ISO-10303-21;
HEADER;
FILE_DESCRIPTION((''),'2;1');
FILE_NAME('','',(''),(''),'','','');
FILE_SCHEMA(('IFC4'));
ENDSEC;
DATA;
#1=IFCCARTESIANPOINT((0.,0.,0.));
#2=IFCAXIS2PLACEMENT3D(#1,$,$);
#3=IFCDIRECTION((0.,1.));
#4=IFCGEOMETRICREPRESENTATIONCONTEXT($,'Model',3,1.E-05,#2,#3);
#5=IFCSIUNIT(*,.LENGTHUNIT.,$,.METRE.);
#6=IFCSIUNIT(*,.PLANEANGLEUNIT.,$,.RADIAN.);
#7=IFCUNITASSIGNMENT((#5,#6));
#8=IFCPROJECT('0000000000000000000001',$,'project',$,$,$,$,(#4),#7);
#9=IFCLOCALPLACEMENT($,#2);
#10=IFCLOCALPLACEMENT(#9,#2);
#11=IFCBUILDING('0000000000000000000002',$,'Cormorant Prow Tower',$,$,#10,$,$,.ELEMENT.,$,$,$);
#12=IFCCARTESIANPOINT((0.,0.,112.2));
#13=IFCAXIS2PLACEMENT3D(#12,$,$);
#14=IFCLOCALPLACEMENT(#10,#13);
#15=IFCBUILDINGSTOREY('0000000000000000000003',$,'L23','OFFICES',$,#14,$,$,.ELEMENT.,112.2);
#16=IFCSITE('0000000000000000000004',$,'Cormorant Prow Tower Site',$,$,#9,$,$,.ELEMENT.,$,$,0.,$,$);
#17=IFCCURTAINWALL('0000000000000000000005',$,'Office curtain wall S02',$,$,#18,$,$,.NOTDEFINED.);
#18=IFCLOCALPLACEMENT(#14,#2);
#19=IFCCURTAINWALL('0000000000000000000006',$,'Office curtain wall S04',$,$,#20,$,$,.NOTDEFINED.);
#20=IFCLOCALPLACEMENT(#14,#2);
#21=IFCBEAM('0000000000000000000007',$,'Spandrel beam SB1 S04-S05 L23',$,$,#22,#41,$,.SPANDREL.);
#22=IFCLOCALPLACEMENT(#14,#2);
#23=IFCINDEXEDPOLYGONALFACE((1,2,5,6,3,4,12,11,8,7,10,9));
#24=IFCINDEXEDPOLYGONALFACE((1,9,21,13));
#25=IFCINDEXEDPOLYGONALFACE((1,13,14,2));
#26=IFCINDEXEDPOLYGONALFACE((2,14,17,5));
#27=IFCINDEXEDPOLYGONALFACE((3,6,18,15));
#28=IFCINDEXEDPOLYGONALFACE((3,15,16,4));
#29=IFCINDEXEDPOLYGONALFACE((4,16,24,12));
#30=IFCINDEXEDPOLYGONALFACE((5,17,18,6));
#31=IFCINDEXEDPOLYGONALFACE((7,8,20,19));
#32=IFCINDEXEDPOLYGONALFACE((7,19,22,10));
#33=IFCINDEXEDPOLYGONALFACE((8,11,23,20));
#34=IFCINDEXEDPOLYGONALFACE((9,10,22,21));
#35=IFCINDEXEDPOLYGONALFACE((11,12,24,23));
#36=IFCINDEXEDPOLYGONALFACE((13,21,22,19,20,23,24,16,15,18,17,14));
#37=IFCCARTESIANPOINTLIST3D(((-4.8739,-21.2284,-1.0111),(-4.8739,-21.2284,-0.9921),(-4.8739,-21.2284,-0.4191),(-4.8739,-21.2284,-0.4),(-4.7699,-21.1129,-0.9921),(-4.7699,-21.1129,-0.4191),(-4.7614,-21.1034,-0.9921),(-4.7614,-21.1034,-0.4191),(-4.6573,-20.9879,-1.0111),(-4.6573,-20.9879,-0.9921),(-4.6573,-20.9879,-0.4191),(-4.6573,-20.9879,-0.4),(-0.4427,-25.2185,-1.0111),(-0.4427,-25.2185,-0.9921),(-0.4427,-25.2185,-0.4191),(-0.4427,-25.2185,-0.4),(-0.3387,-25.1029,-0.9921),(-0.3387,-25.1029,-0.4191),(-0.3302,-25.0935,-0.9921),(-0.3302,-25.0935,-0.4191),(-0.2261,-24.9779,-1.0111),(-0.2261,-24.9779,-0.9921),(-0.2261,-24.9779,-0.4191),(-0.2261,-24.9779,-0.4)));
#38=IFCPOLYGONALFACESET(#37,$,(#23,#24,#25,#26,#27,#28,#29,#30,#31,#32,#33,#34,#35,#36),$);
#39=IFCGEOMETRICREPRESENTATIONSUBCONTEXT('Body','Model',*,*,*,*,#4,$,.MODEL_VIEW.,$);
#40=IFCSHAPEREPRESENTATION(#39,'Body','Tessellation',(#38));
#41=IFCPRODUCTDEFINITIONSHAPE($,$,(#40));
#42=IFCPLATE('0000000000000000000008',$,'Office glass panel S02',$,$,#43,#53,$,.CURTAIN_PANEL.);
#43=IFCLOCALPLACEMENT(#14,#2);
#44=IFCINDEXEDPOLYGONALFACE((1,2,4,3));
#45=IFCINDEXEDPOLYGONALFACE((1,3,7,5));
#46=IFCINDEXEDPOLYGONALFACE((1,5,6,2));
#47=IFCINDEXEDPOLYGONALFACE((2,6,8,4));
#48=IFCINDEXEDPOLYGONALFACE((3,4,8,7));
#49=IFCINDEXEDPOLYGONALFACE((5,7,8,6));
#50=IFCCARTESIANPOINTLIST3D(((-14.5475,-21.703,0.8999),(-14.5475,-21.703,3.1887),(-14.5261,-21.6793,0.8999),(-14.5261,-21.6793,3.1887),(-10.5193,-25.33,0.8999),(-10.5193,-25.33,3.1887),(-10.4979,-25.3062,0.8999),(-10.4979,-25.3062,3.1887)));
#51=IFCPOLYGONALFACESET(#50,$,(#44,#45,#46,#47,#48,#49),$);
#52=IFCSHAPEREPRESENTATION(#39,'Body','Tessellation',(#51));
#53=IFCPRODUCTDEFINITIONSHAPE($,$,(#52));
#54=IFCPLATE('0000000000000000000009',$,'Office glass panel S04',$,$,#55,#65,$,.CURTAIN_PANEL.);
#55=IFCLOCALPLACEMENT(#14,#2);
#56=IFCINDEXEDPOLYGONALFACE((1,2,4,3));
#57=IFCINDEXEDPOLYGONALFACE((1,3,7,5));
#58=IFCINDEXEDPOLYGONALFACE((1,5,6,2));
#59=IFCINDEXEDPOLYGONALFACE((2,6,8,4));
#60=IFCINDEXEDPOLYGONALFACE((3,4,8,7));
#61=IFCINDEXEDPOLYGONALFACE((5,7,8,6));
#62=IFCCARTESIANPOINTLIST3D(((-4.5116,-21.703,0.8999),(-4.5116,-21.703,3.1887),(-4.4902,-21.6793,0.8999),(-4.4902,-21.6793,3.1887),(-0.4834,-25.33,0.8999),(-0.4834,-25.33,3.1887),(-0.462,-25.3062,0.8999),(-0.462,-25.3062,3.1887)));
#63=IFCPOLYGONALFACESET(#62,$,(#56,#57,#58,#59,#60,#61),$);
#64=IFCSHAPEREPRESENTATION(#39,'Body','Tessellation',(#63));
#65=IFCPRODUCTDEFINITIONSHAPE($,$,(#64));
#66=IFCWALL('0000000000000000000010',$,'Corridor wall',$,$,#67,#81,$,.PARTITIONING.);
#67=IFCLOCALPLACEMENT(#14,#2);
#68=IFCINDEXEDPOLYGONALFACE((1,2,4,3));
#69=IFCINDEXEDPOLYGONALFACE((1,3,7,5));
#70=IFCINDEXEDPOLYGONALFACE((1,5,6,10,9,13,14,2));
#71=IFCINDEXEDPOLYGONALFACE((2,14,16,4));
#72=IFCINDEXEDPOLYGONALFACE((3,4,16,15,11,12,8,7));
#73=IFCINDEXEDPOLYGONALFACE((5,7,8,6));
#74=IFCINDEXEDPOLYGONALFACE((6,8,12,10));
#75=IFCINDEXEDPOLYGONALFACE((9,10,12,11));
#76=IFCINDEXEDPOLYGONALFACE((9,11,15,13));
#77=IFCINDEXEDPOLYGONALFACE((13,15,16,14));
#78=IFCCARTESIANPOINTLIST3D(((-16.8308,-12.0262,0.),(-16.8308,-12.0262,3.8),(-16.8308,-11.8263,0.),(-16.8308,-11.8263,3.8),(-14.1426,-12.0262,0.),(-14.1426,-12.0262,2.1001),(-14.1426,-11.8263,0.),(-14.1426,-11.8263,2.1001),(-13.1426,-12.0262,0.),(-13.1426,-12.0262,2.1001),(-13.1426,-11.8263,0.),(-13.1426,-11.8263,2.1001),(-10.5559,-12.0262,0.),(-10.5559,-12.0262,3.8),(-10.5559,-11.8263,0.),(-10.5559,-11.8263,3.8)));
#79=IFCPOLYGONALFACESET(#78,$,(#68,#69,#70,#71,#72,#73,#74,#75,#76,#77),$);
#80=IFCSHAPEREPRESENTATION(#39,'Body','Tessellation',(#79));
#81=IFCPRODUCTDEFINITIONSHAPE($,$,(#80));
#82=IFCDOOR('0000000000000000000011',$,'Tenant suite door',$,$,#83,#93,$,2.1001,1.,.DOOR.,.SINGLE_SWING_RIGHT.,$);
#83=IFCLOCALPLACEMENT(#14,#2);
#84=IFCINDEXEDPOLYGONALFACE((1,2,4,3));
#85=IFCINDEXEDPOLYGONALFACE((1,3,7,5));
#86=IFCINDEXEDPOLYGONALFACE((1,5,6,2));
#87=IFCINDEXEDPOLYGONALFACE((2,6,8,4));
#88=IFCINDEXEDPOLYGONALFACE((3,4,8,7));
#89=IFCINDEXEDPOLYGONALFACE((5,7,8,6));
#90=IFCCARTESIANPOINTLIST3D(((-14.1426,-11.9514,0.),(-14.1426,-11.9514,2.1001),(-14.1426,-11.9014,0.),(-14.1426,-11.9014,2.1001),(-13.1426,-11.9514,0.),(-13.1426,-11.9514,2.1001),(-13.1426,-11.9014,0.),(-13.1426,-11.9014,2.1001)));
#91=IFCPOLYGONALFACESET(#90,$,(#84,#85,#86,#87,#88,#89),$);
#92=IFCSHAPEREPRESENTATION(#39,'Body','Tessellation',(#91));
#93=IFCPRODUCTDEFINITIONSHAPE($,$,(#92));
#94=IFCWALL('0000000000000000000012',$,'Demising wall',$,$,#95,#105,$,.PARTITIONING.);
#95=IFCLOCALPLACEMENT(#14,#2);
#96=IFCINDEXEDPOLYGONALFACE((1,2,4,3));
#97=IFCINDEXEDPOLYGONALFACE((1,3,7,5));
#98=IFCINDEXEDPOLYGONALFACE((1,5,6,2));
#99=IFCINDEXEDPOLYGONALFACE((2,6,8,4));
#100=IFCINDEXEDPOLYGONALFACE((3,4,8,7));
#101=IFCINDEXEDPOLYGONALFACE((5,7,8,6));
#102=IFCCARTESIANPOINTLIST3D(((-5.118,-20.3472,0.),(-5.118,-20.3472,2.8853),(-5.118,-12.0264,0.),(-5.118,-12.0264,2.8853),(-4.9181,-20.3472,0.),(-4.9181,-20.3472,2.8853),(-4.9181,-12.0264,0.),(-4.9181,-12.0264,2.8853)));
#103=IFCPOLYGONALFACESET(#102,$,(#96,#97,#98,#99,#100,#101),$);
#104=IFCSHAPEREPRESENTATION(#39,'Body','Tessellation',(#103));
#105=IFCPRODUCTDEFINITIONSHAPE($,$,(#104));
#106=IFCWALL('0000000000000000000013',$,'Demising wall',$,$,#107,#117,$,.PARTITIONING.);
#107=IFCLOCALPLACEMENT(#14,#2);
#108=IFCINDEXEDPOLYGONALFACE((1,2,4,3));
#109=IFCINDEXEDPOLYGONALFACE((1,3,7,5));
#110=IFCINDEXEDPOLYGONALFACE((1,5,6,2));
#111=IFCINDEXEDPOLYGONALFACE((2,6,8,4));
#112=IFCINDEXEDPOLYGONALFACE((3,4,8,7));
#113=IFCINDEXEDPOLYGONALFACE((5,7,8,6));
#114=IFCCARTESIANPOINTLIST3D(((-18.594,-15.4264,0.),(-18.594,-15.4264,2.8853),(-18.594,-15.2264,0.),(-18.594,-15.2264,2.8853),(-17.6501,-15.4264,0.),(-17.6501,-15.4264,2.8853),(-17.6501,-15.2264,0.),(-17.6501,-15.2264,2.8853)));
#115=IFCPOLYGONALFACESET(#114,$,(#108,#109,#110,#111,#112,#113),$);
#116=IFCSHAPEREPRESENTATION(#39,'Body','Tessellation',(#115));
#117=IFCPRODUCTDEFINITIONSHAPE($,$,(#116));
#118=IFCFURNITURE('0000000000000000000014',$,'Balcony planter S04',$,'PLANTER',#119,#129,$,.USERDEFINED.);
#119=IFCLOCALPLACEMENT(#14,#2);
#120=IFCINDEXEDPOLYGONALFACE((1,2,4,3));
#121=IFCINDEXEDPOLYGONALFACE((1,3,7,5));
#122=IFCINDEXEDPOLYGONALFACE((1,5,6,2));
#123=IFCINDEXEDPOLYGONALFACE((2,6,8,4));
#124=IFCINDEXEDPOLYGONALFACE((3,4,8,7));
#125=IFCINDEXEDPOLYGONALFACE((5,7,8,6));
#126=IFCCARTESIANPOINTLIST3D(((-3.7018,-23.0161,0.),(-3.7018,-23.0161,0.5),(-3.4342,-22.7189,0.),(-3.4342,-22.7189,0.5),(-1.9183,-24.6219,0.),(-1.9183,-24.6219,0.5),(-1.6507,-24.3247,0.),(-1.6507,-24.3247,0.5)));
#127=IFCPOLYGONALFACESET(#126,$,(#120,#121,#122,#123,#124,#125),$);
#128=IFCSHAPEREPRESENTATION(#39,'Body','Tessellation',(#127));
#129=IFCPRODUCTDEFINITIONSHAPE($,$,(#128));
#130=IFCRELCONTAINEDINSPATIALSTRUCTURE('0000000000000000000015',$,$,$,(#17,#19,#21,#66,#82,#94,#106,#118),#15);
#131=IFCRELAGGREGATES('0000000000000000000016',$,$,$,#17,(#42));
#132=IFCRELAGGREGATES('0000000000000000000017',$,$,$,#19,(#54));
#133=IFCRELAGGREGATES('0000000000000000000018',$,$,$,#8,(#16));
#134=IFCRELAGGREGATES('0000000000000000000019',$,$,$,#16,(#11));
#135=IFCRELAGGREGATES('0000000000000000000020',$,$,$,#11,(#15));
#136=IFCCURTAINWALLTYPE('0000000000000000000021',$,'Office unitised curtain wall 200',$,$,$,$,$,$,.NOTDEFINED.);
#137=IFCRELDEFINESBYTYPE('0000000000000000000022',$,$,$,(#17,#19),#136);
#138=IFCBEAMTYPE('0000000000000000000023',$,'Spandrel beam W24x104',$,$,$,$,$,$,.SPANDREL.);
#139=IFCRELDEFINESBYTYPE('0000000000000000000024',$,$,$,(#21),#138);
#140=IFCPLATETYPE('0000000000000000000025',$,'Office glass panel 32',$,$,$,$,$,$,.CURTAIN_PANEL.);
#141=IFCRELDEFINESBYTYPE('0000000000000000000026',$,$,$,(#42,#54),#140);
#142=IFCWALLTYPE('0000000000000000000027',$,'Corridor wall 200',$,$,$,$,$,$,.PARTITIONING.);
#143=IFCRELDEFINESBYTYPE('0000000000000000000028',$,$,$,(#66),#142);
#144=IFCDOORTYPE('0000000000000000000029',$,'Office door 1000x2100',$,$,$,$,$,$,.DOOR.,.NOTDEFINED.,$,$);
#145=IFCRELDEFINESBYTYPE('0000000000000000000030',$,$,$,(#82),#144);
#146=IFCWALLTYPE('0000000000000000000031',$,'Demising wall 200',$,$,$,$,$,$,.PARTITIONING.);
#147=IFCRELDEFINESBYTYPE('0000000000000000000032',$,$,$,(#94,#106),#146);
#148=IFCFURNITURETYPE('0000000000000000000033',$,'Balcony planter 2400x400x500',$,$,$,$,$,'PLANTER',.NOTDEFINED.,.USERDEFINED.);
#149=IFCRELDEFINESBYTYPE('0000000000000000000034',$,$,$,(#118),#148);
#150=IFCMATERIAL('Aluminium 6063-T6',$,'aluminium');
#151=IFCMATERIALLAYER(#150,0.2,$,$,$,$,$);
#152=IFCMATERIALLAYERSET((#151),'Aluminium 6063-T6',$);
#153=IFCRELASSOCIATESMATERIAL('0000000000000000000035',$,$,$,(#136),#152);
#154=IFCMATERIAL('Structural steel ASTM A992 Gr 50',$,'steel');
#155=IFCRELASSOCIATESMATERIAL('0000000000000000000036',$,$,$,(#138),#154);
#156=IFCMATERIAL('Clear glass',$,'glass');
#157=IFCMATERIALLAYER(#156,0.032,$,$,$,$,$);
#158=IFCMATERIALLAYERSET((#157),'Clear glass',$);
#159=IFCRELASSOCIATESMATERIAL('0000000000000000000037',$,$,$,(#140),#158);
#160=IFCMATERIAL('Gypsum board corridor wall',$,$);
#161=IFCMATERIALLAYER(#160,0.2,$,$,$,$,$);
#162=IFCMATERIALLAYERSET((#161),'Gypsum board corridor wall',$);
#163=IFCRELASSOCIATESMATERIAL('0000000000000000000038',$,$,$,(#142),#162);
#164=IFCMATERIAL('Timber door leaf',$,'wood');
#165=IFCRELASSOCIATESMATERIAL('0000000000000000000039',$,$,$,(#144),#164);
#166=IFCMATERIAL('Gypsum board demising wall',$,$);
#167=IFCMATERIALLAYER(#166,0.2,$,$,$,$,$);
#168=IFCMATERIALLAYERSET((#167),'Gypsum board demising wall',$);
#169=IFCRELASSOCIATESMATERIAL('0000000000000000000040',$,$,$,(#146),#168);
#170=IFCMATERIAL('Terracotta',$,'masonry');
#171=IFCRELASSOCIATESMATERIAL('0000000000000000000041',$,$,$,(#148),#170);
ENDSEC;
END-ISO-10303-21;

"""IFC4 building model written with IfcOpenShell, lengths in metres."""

from ifc_helpers import new_model, si_unit, direction, frame, frame_2d, origin, origin_2d, place, context, subcontext, project, spatial, rectangle, i_section, extrude, material, layer, layer_set, material_profile, profile_set, type_object, element, fill, aggregate, save


model = new_model("IFC4")

# Units and contexts
model_context = context("Model", 3, precision=1e-05, world=origin(), true_north=direction((0.0, 1.0)))
body_context = subcontext(model_context, "Body", "Model", "MODEL_VIEW")
ifc_project = project(units=[si_unit("LENGTHUNIT", "METRE"), si_unit("PLANEANGLEUNIT", "RADIAN")], contexts=[model_context])

# Site, building, storey
site_placement = place(None, origin())
site = spatial("IfcSite", under=ifc_project, at=site_placement, Name="Cormorant Prow Tower Site", CompositionType="ELEMENT", RefElevation=0.0)
building_placement = place(site_placement, origin())
building = spatial("IfcBuilding", under=site, at=building_placement, Name="Cormorant Prow Tower", CompositionType="ELEMENT")
storey_placement = place(building_placement, frame((0.0, 0.0, 112.2)))
storey = spatial("IfcBuildingStorey", under=building, at=storey_placement, Name="L23", Description="OFFICES", CompositionType="ELEMENT", Elevation=112.2)

# Curtain walls
ifc_material_1 = material(Name="Aluminium 6063-T6", Category="aluminium")
ifc_layer_1 = layer(ifc_material_1, 0.2)
ifc_layer_set_1 = layer_set([ifc_layer_1], Name="Aluminium 6063-T6")
curtain_wall_type = type_object("IfcCurtainWallType", Name="Office unitised curtain wall 200", PredefinedType="NOTDEFINED", material=ifc_layer_set_1)
curtain_wall_1_placement = place(storey_placement, origin())
curtain_wall_1 = element("IfcCurtainWall", 1, at=curtain_wall_1_placement, inside=storey, type_object=curtain_wall_type, Name="Office curtain wall S02", PredefinedType="NOTDEFINED")
curtain_wall_2_placement = place(storey_placement, origin())
curtain_wall_2 = element("IfcCurtainWall", 2, at=curtain_wall_2_placement, inside=storey, type_object=curtain_wall_type, Name="Office curtain wall S04", PredefinedType="NOTDEFINED")

# Beam
ifc_material_2 = material(Name="Structural steel ASTM A992 Gr 50", Category="steel")
ifc_material_profile_1 = material_profile(ifc_material_2, i_section(OverallWidth=0.3237, OverallDepth=0.6111, WebThickness=0.0127, FlangeThickness=0.019, at=origin_2d()), Name="W24x104")
ifc_profile_set_1 = profile_set([ifc_material_profile_1], Name="Structural steel ASTM A992 Gr 50")
beam_type_1 = type_object("IfcBeamType", Name="Spandrel beam W24x104", PredefinedType="SPANDREL", material=ifc_profile_set_1)
for number, where, z_axis, x_axis, name in (
    (3, (-4.7656, -21.1082, -0.7056), (0.743131, -0.669146, 0.0), (0.669146, 0.743131, 0.0), "Spandrel beam SB1 S04-S05 L23"),
):
    element("IfcBeam", number, at=place(storey_placement, frame(where, z_axis=z_axis, x_axis=x_axis)), inside=storey, type_object=beam_type_1, Name=name, PredefinedType="SPANDREL", context=body_context, shape_type="SweptSolid", body=[
        extrude(i_section(OverallWidth=0.3237, OverallDepth=0.6111, WebThickness=0.0127, FlangeThickness=0.019, at=origin_2d()), origin(), (0.0, 0.0, 1.0), 5.9629),
    ])

# Plates
ifc_material_3 = material(Name="Clear glass", Category="glass")
ifc_layer_2 = layer(ifc_material_3, 0.032)
ifc_layer_set_2 = layer_set([ifc_layer_2], Name="Clear glass")
plate_type = type_object("IfcPlateType", Name="Office glass panel 32", PredefinedType="CURTAIN_PANEL", material=ifc_layer_set_2)
plate_1_placement = place(storey_placement, frame((-12.5227, -23.5046, 0.8999), z_axis=(0.0, 0.0, 1.0), x_axis=(0.743145, -0.669131, 0.0)))
plate_1 = element("IfcPlate", 4, at=plate_1_placement, type_object=plate_type, Name="Office glass panel S02", PredefinedType="CURTAIN_PANEL", context=body_context, shape_type="SweptSolid", body=[
    extrude(rectangle(XDim=5.4204, YDim=0.032, at=origin_2d()), origin(), (0.0, 0.0, 1.0), 2.2888),
])
aggregate(curtain_wall_1, [plate_1])
plate_2_placement = place(storey_placement, frame((-2.4868, -23.5046, 0.8999), z_axis=(0.0, 0.0, 1.0), x_axis=(0.743145, -0.669131, 0.0)))
plate_2 = element("IfcPlate", 5, at=plate_2_placement, type_object=plate_type, Name="Office glass panel S04", PredefinedType="CURTAIN_PANEL", context=body_context, shape_type="SweptSolid", body=[
    extrude(rectangle(XDim=5.4204, YDim=0.032, at=origin_2d()), origin(), (0.0, 0.0, 1.0), 2.2888),
])
aggregate(curtain_wall_2, [plate_2])

# Wall, opening, door
ifc_material_4 = material(Name="Gypsum board corridor wall")
ifc_layer_3 = layer(ifc_material_4, 0.2)
ifc_layer_set_3 = layer_set([ifc_layer_3], Name="Gypsum board corridor wall")
wall_type_1 = type_object("IfcWallType", Name="Corridor wall 200", PredefinedType="PARTITIONING", material=ifc_layer_set_3)
wall_1_placement = place(storey_placement, frame((-16.8308, -11.9263, 0.0), z_axis=(0.0, 0.0, 1.0), x_axis=(1.0, 0.0, 0.0)))
wall_1 = element("IfcWall", 6, at=wall_1_placement, inside=storey, type_object=wall_type_1, Name="Corridor wall", PredefinedType="PARTITIONING", context=body_context, shape_type="SweptSolid", body=[
    extrude(rectangle(XDim=6.2749, YDim=0.2, at=frame_2d((3.1375, 0.0))), origin(), (0.0, 0.0, 1.0), 3.8),
])
opening_1_placement = place(wall_1_placement, frame((2.6882, 0.0, 0.0)))
opening_1 = element("IfcOpeningElement", 7, at=opening_1_placement, cuts=wall_1, PredefinedType="OPENING", context=body_context, shape_type="SweptSolid", body=[
    extrude(rectangle(XDim=1.0, YDim=2.1001, at=frame_2d((0.5, 1.05))), frame((0.0, 0.1099, 0.0), z_axis=(0.0, -1.0, 0.0), x_axis=(1.0, 0.0, 0.0)), (0.0, 0.0, 1.0), 0.22),
])
ifc_material_5 = material(Name="Timber door leaf", Category="wood")
door_type_1 = type_object("IfcDoorType", Name="Office door 1000x2100", OperationType="NOTDEFINED", PredefinedType="DOOR", material=ifc_material_5)
door_1_placement = place(opening_1_placement, origin())
door_1 = element("IfcDoor", 8, at=door_1_placement, inside=storey, type_object=door_type_1, Name="Tenant suite door", OperationType="SINGLE_SWING_RIGHT", OverallHeight=2.1001, OverallWidth=1.0, PredefinedType="DOOR", context=body_context, shape_type="SweptSolid", body=[
    extrude(rectangle(XDim=1.0, YDim=2.1001, at=frame_2d((0.5, 1.05))), frame((0.0, 0.0249, 0.0), z_axis=(0.0, -1.0, 0.0), x_axis=(1.0, 0.0, 0.0)), (0.0, 0.0, 1.0), 0.05),
])
fill(opening_1, door_1)

# Walls
ifc_material_6 = material(Name="Gypsum board demising wall")
ifc_layer_4 = layer(ifc_material_6, 0.2)
ifc_layer_set_4 = layer_set([ifc_layer_4], Name="Gypsum board demising wall")
wall_type_2 = type_object("IfcWallType", Name="Demising wall 200", PredefinedType="PARTITIONING", material=ifc_layer_set_4)
wall_2_placement = place(storey_placement, frame((-5.0181, -20.3472, 0.0), z_axis=(0.0, 0.0, 1.0), x_axis=(0.0, 1.0, 0.0)))
element("IfcWall", 9, at=wall_2_placement, inside=storey, type_object=wall_type_2, Name="Demising wall", PredefinedType="PARTITIONING", context=body_context, shape_type="SweptSolid", body=[
    extrude(rectangle(XDim=8.3208, YDim=0.2, at=frame_2d((4.1604, 0.0))), origin(), (0.0, 0.0, 1.0), 2.8853),
])
wall_3_placement = place(storey_placement, frame((-18.594, -15.3264, 0.0), z_axis=(0.0, 0.0, 1.0), x_axis=(1.0, 0.0, 0.0)))
element("IfcWall", 10, at=wall_3_placement, inside=storey, type_object=wall_type_2, Name="Demising wall", PredefinedType="PARTITIONING", context=body_context, shape_type="SweptSolid", body=[
    extrude(rectangle(XDim=0.9438, YDim=0.2, at=frame_2d((0.4719, 0.0))), origin(), (0.0, 0.0, 1.0), 2.8853),
])

# Furniture
ifc_material_7 = material(Name="Terracotta", Category="masonry")
furniture_type = type_object("IfcFurnitureType", Name="Balcony planter 2400x400x500", ElementType="PLANTER", AssemblyPlace="NOTDEFINED", PredefinedType="USERDEFINED", material=ifc_material_7)
furniture_placement = place(storey_placement, frame((-2.6763, -23.6704, 0.0), z_axis=(0.0, 0.0, 1.0), x_axis=(0.743145, -0.669131, 0.0)))
element("IfcFurniture", 11, at=furniture_placement, inside=storey, type_object=furniture_type, Name="Balcony planter S04", ObjectType="PLANTER", PredefinedType="USERDEFINED", context=body_context, shape_type="SweptSolid", body=[
    extrude(rectangle(XDim=2.3999, YDim=0.3999, at=origin_2d()), origin(), (0.0, 0.0, 1.0), 0.5),
])

save(model, "model.ifc")
